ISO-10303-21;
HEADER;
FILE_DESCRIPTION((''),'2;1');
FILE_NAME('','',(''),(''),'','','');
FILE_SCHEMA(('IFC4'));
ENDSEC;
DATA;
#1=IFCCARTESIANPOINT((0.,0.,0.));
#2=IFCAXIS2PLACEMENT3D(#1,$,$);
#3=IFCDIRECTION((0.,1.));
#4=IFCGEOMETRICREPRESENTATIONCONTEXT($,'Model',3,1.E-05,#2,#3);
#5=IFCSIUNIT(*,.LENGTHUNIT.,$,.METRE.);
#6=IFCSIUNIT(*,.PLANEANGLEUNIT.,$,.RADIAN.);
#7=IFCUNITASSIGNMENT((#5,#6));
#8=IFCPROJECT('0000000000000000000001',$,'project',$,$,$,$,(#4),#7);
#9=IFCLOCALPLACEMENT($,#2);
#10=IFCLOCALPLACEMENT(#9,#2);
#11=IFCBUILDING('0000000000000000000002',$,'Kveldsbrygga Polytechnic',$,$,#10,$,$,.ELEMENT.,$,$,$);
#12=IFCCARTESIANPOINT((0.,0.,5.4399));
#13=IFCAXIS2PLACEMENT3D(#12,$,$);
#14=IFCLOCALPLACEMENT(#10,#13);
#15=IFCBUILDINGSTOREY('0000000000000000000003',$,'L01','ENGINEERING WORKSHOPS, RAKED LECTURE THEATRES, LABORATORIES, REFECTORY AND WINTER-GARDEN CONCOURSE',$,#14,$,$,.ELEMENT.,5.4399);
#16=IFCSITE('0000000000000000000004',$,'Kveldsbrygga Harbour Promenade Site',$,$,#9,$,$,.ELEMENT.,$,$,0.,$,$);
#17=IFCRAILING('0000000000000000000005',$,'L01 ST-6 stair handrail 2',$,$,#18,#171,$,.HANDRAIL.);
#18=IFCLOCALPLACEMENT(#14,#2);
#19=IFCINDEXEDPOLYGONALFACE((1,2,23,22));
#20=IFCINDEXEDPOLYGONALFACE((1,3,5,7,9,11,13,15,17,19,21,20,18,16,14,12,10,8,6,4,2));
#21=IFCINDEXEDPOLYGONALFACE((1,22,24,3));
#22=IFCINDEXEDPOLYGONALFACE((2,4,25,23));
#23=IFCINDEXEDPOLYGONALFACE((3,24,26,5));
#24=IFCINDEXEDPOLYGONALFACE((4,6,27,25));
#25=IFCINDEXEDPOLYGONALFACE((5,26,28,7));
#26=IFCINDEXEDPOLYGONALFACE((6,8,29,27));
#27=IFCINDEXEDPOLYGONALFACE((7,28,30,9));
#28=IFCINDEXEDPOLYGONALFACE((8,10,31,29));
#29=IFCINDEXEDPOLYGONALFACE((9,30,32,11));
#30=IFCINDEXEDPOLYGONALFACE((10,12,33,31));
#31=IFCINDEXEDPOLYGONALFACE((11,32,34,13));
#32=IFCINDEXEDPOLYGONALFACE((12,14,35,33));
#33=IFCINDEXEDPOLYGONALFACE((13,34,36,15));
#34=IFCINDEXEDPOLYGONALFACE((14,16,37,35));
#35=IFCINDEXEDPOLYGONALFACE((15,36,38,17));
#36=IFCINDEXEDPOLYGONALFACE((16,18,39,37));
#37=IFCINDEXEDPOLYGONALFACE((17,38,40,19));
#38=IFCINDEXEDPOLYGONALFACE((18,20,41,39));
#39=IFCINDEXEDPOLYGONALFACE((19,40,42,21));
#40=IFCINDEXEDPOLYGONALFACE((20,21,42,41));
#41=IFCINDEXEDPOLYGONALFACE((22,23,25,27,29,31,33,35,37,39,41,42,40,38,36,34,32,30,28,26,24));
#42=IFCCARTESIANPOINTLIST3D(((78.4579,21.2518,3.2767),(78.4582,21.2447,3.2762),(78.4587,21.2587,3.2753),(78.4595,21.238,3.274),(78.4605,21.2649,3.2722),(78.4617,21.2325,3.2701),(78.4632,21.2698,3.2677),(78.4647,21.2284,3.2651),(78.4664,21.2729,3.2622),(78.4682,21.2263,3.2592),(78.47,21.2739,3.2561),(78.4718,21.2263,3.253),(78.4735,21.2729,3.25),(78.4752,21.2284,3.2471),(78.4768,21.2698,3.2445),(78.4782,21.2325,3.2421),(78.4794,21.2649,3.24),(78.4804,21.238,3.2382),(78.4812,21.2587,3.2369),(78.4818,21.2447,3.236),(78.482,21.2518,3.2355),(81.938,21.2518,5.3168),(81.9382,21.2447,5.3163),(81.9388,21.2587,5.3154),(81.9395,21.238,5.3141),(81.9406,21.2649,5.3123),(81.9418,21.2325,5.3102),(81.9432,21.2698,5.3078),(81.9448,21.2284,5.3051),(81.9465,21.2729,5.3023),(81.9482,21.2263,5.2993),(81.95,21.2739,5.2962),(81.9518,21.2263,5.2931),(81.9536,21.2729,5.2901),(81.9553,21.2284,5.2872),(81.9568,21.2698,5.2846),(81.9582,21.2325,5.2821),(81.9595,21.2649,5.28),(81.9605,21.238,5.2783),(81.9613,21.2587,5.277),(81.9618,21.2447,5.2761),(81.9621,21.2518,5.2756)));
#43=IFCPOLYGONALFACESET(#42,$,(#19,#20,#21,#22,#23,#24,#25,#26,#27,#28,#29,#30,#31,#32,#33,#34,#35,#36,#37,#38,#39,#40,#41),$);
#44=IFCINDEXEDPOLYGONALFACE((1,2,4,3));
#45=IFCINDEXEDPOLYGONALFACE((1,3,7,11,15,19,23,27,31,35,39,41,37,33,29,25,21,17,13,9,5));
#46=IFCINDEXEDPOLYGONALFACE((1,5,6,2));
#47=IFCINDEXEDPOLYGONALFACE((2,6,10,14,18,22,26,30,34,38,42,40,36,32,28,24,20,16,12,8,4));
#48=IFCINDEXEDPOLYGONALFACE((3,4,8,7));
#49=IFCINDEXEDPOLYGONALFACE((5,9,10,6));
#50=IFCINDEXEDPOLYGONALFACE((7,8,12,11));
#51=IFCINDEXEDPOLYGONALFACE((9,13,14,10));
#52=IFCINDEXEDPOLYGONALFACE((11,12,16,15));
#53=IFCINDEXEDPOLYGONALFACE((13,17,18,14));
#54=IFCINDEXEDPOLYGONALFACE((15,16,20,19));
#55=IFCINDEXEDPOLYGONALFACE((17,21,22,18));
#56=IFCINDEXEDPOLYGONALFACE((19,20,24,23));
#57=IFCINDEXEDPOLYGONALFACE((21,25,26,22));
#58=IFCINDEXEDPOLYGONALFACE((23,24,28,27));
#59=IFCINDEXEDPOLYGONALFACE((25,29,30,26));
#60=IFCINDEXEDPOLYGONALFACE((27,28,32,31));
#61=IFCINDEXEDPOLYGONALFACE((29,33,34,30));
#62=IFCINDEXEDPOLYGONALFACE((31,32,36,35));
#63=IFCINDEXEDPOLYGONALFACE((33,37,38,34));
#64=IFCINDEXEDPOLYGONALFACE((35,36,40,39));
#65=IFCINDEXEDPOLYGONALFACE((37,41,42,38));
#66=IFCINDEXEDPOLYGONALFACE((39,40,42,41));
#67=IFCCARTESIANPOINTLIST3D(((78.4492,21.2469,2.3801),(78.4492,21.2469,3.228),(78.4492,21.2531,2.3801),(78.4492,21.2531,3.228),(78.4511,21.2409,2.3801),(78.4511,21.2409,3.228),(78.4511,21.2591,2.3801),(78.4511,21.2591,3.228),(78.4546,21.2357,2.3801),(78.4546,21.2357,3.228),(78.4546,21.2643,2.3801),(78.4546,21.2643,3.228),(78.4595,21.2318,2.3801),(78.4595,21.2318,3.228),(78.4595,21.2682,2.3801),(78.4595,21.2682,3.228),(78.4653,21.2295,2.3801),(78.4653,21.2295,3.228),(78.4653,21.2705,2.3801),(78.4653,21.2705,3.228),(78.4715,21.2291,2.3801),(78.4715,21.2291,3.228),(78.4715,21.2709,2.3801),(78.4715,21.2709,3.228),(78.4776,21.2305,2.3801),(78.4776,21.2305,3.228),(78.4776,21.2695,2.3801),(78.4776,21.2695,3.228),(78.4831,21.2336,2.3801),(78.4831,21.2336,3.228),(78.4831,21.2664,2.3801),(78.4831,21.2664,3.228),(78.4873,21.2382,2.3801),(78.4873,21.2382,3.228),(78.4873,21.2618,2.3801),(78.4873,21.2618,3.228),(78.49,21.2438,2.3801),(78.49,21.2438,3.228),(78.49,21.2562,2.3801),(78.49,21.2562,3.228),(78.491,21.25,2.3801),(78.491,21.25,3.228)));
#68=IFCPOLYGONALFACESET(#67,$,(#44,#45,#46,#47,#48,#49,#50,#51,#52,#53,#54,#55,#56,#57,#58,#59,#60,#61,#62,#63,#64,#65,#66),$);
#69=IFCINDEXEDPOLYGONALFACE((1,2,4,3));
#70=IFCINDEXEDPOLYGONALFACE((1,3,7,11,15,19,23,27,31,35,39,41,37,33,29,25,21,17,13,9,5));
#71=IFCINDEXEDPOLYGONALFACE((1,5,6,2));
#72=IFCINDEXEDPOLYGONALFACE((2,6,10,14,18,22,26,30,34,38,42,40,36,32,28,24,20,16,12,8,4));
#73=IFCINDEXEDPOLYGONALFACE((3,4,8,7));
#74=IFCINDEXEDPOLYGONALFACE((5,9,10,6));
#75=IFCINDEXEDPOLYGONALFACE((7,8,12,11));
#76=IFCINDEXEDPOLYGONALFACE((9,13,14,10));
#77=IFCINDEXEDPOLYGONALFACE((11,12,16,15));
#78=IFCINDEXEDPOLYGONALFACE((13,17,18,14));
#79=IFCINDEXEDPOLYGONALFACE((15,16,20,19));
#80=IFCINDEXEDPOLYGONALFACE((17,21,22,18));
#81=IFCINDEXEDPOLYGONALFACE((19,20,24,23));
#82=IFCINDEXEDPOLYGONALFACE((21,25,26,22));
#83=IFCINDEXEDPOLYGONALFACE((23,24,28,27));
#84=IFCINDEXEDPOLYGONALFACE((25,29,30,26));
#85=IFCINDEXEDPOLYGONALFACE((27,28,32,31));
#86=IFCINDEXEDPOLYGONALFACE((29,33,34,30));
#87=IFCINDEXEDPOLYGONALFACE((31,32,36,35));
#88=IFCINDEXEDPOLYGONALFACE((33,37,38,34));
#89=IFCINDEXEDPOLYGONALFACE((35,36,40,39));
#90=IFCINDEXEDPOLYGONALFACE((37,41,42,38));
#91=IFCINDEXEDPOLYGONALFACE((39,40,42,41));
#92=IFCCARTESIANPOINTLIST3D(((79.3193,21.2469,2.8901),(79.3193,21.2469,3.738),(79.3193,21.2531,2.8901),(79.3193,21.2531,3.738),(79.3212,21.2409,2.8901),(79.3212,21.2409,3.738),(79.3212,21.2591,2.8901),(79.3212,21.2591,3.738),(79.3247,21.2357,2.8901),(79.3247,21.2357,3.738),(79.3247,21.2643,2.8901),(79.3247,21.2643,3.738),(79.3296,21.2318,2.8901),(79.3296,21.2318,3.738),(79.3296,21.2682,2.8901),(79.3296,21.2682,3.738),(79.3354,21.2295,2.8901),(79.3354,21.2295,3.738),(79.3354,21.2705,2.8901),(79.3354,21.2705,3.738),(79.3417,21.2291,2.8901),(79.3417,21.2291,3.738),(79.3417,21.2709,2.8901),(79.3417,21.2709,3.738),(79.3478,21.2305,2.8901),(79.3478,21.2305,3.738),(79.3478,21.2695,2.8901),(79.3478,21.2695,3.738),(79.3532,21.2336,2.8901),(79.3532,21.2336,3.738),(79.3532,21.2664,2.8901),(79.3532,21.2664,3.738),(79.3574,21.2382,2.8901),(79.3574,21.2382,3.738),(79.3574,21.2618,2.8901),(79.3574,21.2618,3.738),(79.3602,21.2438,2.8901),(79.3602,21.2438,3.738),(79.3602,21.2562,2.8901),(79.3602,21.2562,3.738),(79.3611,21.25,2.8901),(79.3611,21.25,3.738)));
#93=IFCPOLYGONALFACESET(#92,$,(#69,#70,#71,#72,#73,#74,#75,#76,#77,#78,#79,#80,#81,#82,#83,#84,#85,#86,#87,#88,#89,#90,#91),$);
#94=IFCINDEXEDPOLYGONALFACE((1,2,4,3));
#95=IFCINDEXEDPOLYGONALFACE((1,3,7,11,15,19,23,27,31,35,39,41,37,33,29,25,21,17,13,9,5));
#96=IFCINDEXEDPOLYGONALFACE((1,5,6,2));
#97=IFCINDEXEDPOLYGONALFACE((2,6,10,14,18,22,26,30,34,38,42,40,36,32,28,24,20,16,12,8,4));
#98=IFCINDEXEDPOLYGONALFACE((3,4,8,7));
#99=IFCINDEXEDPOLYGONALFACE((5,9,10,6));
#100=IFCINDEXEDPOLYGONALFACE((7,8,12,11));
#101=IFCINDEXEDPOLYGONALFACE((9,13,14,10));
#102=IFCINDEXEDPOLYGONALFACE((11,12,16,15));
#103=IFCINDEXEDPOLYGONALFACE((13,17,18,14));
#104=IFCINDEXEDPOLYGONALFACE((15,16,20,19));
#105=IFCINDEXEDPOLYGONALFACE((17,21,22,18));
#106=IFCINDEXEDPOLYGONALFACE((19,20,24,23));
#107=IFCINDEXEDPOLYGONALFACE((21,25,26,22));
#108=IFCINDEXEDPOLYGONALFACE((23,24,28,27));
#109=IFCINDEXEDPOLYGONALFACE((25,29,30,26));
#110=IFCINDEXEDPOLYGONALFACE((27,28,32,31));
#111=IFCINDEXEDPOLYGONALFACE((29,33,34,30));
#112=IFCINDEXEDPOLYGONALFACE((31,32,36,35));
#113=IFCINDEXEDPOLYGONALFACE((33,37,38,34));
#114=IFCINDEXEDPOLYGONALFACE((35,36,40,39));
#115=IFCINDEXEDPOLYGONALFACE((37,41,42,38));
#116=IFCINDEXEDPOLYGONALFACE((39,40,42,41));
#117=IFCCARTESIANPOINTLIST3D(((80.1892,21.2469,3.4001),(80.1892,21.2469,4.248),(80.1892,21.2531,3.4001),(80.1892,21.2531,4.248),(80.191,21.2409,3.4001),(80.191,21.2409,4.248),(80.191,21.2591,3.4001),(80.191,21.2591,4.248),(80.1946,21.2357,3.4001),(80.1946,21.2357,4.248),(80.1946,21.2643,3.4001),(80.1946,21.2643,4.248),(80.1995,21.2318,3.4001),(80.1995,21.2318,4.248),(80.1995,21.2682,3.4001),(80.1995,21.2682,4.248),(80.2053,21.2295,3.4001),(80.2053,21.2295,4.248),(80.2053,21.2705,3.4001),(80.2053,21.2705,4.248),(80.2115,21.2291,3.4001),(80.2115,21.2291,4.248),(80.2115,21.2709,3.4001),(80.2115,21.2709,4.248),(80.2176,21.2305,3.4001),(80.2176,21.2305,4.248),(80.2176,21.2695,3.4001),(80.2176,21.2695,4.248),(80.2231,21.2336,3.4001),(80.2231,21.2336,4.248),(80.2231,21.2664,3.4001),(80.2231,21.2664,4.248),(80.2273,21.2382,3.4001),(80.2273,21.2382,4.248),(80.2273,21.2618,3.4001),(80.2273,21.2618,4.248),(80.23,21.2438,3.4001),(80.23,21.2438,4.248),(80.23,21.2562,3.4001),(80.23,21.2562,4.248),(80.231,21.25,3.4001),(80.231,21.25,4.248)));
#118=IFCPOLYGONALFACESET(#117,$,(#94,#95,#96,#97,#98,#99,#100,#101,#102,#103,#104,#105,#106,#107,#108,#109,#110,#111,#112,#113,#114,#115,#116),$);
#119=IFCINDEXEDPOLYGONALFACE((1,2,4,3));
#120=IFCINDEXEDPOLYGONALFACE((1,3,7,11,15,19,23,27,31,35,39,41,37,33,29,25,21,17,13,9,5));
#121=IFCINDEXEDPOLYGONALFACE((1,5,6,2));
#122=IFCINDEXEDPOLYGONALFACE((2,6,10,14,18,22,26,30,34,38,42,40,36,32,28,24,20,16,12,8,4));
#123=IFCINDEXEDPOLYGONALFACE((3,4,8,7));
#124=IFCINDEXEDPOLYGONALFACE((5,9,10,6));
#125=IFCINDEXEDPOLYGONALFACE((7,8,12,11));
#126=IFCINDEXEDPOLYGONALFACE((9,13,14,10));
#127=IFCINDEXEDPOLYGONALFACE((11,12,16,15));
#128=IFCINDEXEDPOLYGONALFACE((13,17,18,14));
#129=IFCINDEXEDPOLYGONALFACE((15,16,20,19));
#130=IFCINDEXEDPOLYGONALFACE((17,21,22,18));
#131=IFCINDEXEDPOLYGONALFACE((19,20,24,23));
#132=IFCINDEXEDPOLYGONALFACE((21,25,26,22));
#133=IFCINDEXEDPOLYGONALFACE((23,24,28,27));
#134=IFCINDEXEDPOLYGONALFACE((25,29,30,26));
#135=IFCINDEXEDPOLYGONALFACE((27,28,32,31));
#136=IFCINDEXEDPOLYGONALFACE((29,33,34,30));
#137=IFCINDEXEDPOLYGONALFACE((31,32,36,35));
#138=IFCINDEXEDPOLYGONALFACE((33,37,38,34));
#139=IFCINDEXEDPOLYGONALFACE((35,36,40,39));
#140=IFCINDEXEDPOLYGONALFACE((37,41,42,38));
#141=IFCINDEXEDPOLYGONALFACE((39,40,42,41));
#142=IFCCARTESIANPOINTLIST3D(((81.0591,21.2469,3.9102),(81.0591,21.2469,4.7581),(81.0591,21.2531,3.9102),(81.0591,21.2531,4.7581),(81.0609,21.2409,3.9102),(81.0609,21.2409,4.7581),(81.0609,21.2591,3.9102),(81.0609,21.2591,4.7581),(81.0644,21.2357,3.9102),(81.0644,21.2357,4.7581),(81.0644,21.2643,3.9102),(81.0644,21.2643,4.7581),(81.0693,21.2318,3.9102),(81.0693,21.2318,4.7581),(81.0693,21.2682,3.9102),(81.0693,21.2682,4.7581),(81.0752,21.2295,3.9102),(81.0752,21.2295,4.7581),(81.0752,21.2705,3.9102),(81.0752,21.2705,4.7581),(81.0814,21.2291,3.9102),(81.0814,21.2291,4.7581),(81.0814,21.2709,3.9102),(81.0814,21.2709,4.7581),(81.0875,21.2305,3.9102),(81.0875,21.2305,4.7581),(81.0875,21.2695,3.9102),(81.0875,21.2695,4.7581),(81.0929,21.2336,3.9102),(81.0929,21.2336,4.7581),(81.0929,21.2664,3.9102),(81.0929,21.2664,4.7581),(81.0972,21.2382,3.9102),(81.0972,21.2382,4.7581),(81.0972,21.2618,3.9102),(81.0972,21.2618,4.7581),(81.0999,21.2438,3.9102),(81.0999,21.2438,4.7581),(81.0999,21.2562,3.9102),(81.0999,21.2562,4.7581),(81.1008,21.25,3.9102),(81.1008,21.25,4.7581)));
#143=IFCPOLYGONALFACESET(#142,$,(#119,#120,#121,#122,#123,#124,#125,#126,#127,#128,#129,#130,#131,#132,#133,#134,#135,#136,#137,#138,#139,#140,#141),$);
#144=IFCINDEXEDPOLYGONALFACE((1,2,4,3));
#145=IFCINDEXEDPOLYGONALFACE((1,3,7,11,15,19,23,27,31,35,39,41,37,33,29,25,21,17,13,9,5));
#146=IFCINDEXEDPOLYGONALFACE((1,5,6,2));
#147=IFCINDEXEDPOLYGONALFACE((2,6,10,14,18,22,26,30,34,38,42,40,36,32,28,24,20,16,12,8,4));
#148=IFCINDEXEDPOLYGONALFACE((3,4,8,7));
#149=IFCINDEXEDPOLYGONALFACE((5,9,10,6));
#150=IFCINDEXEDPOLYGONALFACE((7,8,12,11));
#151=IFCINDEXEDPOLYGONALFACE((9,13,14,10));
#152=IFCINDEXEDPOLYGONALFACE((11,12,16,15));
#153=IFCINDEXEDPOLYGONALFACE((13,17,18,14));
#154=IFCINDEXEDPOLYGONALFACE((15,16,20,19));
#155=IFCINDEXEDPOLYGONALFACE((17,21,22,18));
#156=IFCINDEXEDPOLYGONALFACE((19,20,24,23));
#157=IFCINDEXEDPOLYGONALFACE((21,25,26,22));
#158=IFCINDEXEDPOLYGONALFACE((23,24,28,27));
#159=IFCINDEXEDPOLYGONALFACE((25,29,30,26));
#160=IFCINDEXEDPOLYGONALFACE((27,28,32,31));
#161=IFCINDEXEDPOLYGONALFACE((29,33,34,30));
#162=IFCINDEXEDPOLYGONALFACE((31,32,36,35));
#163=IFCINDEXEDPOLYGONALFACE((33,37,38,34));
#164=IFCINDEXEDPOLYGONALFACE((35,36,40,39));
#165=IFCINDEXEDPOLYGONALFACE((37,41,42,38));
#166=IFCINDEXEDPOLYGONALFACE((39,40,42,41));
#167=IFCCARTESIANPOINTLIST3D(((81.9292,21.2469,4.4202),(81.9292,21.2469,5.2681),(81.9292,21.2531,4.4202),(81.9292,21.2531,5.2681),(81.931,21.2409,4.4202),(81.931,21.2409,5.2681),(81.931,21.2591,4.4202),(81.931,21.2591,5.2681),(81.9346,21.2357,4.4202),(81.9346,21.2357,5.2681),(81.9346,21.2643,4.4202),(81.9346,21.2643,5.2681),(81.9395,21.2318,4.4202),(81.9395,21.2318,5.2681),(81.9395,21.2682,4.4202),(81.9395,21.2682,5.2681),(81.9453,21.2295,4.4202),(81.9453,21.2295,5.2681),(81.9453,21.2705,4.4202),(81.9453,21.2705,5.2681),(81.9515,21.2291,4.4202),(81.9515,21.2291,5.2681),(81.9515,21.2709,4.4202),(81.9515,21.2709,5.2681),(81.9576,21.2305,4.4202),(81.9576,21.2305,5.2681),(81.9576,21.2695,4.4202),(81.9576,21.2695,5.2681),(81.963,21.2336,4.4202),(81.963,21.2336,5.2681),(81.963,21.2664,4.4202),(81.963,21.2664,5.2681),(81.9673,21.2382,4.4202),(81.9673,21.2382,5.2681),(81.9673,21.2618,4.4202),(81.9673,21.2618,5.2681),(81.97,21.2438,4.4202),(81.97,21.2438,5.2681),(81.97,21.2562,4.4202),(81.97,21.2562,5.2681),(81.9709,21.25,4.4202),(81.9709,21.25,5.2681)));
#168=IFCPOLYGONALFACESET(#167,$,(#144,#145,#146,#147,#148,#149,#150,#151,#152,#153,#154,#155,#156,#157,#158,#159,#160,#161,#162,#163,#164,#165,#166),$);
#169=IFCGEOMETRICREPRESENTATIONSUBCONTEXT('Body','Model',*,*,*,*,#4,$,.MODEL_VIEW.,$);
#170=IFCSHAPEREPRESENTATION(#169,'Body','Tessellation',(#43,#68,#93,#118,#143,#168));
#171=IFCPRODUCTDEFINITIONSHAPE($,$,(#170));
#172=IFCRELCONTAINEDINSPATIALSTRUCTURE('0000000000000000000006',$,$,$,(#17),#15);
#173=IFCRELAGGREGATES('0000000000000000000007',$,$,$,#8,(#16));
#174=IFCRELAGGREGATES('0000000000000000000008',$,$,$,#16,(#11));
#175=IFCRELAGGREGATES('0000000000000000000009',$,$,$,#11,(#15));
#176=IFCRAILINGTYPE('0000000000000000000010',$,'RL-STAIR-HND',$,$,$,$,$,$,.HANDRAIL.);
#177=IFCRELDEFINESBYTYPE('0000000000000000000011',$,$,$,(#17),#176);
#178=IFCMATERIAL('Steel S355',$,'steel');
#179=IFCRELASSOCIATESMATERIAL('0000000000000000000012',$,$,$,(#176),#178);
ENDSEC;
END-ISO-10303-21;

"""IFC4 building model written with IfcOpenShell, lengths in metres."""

from ifc_helpers import new_model, si_unit, direction, frame, origin, origin_2d, place, context, subcontext, project, spatial, circle, extrude, material, type_object, element, save


model = new_model("IFC4")

# Units and contexts
model_context = context("Model", 3, precision=1e-05, world=origin(), true_north=direction((0.0, 1.0)))
body_context = subcontext(model_context, "Body", "Model", "MODEL_VIEW")
ifc_project = project(units=[si_unit("LENGTHUNIT", "METRE"), si_unit("PLANEANGLEUNIT", "RADIAN")], contexts=[model_context])

# Site, building, storey
site_placement = place(None, origin())
site = spatial("IfcSite", under=ifc_project, at=site_placement, Name="Kveldsbrygga Harbour Promenade Site", CompositionType="ELEMENT", RefElevation=0.0)
building_placement = place(site_placement, origin())
building = spatial("IfcBuilding", under=site, at=building_placement, Name="Kveldsbrygga Polytechnic", CompositionType="ELEMENT")
storey_placement = place(building_placement, frame((0.0, 0.0, 5.4399)))
storey = spatial("IfcBuildingStorey", under=building, at=storey_placement, Name="L01", Description="ENGINEERING WORKSHOPS, RAKED LECTURE THEATRES, LABORATORIES, REFECTORY AND WINTER-GARDEN CONCOURSE", CompositionType="ELEMENT", Elevation=5.4399)

# Shared definitions
ifc_material_1 = material(Name="Steel S355", Category="steel")

# Railing
railing_type_1 = type_object("IfcRailingType", Name="RL-STAIR-HND", PredefinedType="HANDRAIL", material=ifc_material_1)
railing_1_placement = place(storey_placement, frame((78.47, 21.25, 2.3801)))
element("IfcRailing", 1, at=railing_1_placement, inside=storey, type_object=railing_type_1, Name="L01 ST-6 stair handrail 2", PredefinedType="HANDRAIL", context=body_context, shape_type="SweptSolid", body=[
    extrude(circle(Radius=0.0239, at=origin_2d()), frame((0.0, 0.0, 0.876), z_axis=(0.862693, 0.0, 0.505729), x_axis=(0.0, 1.0, 0.0)), (0.0, 0.0, 1.0), 4.0339),
    extrude(circle(Radius=0.021, at=origin_2d()), origin(), (0.0, 0.0, 1.0), 0.8479),
    extrude(circle(Radius=0.021, at=origin_2d()), frame((0.8701, 0.0, 0.51)), (0.0, 0.0, 1.0), 0.8479),
    extrude(circle(Radius=0.021, at=origin_2d()), frame((1.74, 0.0, 1.02)), (0.0, 0.0, 1.0), 0.8479),
    extrude(circle(Radius=0.021, at=origin_2d()), frame((2.6099, 0.0, 1.53)), (0.0, 0.0, 1.0), 0.8479),
    extrude(circle(Radius=0.021, at=origin_2d()), frame((3.48, 0.0, 2.04)), (0.0, 0.0, 1.0), 0.8479),
])

save(model, "model.ifc")
